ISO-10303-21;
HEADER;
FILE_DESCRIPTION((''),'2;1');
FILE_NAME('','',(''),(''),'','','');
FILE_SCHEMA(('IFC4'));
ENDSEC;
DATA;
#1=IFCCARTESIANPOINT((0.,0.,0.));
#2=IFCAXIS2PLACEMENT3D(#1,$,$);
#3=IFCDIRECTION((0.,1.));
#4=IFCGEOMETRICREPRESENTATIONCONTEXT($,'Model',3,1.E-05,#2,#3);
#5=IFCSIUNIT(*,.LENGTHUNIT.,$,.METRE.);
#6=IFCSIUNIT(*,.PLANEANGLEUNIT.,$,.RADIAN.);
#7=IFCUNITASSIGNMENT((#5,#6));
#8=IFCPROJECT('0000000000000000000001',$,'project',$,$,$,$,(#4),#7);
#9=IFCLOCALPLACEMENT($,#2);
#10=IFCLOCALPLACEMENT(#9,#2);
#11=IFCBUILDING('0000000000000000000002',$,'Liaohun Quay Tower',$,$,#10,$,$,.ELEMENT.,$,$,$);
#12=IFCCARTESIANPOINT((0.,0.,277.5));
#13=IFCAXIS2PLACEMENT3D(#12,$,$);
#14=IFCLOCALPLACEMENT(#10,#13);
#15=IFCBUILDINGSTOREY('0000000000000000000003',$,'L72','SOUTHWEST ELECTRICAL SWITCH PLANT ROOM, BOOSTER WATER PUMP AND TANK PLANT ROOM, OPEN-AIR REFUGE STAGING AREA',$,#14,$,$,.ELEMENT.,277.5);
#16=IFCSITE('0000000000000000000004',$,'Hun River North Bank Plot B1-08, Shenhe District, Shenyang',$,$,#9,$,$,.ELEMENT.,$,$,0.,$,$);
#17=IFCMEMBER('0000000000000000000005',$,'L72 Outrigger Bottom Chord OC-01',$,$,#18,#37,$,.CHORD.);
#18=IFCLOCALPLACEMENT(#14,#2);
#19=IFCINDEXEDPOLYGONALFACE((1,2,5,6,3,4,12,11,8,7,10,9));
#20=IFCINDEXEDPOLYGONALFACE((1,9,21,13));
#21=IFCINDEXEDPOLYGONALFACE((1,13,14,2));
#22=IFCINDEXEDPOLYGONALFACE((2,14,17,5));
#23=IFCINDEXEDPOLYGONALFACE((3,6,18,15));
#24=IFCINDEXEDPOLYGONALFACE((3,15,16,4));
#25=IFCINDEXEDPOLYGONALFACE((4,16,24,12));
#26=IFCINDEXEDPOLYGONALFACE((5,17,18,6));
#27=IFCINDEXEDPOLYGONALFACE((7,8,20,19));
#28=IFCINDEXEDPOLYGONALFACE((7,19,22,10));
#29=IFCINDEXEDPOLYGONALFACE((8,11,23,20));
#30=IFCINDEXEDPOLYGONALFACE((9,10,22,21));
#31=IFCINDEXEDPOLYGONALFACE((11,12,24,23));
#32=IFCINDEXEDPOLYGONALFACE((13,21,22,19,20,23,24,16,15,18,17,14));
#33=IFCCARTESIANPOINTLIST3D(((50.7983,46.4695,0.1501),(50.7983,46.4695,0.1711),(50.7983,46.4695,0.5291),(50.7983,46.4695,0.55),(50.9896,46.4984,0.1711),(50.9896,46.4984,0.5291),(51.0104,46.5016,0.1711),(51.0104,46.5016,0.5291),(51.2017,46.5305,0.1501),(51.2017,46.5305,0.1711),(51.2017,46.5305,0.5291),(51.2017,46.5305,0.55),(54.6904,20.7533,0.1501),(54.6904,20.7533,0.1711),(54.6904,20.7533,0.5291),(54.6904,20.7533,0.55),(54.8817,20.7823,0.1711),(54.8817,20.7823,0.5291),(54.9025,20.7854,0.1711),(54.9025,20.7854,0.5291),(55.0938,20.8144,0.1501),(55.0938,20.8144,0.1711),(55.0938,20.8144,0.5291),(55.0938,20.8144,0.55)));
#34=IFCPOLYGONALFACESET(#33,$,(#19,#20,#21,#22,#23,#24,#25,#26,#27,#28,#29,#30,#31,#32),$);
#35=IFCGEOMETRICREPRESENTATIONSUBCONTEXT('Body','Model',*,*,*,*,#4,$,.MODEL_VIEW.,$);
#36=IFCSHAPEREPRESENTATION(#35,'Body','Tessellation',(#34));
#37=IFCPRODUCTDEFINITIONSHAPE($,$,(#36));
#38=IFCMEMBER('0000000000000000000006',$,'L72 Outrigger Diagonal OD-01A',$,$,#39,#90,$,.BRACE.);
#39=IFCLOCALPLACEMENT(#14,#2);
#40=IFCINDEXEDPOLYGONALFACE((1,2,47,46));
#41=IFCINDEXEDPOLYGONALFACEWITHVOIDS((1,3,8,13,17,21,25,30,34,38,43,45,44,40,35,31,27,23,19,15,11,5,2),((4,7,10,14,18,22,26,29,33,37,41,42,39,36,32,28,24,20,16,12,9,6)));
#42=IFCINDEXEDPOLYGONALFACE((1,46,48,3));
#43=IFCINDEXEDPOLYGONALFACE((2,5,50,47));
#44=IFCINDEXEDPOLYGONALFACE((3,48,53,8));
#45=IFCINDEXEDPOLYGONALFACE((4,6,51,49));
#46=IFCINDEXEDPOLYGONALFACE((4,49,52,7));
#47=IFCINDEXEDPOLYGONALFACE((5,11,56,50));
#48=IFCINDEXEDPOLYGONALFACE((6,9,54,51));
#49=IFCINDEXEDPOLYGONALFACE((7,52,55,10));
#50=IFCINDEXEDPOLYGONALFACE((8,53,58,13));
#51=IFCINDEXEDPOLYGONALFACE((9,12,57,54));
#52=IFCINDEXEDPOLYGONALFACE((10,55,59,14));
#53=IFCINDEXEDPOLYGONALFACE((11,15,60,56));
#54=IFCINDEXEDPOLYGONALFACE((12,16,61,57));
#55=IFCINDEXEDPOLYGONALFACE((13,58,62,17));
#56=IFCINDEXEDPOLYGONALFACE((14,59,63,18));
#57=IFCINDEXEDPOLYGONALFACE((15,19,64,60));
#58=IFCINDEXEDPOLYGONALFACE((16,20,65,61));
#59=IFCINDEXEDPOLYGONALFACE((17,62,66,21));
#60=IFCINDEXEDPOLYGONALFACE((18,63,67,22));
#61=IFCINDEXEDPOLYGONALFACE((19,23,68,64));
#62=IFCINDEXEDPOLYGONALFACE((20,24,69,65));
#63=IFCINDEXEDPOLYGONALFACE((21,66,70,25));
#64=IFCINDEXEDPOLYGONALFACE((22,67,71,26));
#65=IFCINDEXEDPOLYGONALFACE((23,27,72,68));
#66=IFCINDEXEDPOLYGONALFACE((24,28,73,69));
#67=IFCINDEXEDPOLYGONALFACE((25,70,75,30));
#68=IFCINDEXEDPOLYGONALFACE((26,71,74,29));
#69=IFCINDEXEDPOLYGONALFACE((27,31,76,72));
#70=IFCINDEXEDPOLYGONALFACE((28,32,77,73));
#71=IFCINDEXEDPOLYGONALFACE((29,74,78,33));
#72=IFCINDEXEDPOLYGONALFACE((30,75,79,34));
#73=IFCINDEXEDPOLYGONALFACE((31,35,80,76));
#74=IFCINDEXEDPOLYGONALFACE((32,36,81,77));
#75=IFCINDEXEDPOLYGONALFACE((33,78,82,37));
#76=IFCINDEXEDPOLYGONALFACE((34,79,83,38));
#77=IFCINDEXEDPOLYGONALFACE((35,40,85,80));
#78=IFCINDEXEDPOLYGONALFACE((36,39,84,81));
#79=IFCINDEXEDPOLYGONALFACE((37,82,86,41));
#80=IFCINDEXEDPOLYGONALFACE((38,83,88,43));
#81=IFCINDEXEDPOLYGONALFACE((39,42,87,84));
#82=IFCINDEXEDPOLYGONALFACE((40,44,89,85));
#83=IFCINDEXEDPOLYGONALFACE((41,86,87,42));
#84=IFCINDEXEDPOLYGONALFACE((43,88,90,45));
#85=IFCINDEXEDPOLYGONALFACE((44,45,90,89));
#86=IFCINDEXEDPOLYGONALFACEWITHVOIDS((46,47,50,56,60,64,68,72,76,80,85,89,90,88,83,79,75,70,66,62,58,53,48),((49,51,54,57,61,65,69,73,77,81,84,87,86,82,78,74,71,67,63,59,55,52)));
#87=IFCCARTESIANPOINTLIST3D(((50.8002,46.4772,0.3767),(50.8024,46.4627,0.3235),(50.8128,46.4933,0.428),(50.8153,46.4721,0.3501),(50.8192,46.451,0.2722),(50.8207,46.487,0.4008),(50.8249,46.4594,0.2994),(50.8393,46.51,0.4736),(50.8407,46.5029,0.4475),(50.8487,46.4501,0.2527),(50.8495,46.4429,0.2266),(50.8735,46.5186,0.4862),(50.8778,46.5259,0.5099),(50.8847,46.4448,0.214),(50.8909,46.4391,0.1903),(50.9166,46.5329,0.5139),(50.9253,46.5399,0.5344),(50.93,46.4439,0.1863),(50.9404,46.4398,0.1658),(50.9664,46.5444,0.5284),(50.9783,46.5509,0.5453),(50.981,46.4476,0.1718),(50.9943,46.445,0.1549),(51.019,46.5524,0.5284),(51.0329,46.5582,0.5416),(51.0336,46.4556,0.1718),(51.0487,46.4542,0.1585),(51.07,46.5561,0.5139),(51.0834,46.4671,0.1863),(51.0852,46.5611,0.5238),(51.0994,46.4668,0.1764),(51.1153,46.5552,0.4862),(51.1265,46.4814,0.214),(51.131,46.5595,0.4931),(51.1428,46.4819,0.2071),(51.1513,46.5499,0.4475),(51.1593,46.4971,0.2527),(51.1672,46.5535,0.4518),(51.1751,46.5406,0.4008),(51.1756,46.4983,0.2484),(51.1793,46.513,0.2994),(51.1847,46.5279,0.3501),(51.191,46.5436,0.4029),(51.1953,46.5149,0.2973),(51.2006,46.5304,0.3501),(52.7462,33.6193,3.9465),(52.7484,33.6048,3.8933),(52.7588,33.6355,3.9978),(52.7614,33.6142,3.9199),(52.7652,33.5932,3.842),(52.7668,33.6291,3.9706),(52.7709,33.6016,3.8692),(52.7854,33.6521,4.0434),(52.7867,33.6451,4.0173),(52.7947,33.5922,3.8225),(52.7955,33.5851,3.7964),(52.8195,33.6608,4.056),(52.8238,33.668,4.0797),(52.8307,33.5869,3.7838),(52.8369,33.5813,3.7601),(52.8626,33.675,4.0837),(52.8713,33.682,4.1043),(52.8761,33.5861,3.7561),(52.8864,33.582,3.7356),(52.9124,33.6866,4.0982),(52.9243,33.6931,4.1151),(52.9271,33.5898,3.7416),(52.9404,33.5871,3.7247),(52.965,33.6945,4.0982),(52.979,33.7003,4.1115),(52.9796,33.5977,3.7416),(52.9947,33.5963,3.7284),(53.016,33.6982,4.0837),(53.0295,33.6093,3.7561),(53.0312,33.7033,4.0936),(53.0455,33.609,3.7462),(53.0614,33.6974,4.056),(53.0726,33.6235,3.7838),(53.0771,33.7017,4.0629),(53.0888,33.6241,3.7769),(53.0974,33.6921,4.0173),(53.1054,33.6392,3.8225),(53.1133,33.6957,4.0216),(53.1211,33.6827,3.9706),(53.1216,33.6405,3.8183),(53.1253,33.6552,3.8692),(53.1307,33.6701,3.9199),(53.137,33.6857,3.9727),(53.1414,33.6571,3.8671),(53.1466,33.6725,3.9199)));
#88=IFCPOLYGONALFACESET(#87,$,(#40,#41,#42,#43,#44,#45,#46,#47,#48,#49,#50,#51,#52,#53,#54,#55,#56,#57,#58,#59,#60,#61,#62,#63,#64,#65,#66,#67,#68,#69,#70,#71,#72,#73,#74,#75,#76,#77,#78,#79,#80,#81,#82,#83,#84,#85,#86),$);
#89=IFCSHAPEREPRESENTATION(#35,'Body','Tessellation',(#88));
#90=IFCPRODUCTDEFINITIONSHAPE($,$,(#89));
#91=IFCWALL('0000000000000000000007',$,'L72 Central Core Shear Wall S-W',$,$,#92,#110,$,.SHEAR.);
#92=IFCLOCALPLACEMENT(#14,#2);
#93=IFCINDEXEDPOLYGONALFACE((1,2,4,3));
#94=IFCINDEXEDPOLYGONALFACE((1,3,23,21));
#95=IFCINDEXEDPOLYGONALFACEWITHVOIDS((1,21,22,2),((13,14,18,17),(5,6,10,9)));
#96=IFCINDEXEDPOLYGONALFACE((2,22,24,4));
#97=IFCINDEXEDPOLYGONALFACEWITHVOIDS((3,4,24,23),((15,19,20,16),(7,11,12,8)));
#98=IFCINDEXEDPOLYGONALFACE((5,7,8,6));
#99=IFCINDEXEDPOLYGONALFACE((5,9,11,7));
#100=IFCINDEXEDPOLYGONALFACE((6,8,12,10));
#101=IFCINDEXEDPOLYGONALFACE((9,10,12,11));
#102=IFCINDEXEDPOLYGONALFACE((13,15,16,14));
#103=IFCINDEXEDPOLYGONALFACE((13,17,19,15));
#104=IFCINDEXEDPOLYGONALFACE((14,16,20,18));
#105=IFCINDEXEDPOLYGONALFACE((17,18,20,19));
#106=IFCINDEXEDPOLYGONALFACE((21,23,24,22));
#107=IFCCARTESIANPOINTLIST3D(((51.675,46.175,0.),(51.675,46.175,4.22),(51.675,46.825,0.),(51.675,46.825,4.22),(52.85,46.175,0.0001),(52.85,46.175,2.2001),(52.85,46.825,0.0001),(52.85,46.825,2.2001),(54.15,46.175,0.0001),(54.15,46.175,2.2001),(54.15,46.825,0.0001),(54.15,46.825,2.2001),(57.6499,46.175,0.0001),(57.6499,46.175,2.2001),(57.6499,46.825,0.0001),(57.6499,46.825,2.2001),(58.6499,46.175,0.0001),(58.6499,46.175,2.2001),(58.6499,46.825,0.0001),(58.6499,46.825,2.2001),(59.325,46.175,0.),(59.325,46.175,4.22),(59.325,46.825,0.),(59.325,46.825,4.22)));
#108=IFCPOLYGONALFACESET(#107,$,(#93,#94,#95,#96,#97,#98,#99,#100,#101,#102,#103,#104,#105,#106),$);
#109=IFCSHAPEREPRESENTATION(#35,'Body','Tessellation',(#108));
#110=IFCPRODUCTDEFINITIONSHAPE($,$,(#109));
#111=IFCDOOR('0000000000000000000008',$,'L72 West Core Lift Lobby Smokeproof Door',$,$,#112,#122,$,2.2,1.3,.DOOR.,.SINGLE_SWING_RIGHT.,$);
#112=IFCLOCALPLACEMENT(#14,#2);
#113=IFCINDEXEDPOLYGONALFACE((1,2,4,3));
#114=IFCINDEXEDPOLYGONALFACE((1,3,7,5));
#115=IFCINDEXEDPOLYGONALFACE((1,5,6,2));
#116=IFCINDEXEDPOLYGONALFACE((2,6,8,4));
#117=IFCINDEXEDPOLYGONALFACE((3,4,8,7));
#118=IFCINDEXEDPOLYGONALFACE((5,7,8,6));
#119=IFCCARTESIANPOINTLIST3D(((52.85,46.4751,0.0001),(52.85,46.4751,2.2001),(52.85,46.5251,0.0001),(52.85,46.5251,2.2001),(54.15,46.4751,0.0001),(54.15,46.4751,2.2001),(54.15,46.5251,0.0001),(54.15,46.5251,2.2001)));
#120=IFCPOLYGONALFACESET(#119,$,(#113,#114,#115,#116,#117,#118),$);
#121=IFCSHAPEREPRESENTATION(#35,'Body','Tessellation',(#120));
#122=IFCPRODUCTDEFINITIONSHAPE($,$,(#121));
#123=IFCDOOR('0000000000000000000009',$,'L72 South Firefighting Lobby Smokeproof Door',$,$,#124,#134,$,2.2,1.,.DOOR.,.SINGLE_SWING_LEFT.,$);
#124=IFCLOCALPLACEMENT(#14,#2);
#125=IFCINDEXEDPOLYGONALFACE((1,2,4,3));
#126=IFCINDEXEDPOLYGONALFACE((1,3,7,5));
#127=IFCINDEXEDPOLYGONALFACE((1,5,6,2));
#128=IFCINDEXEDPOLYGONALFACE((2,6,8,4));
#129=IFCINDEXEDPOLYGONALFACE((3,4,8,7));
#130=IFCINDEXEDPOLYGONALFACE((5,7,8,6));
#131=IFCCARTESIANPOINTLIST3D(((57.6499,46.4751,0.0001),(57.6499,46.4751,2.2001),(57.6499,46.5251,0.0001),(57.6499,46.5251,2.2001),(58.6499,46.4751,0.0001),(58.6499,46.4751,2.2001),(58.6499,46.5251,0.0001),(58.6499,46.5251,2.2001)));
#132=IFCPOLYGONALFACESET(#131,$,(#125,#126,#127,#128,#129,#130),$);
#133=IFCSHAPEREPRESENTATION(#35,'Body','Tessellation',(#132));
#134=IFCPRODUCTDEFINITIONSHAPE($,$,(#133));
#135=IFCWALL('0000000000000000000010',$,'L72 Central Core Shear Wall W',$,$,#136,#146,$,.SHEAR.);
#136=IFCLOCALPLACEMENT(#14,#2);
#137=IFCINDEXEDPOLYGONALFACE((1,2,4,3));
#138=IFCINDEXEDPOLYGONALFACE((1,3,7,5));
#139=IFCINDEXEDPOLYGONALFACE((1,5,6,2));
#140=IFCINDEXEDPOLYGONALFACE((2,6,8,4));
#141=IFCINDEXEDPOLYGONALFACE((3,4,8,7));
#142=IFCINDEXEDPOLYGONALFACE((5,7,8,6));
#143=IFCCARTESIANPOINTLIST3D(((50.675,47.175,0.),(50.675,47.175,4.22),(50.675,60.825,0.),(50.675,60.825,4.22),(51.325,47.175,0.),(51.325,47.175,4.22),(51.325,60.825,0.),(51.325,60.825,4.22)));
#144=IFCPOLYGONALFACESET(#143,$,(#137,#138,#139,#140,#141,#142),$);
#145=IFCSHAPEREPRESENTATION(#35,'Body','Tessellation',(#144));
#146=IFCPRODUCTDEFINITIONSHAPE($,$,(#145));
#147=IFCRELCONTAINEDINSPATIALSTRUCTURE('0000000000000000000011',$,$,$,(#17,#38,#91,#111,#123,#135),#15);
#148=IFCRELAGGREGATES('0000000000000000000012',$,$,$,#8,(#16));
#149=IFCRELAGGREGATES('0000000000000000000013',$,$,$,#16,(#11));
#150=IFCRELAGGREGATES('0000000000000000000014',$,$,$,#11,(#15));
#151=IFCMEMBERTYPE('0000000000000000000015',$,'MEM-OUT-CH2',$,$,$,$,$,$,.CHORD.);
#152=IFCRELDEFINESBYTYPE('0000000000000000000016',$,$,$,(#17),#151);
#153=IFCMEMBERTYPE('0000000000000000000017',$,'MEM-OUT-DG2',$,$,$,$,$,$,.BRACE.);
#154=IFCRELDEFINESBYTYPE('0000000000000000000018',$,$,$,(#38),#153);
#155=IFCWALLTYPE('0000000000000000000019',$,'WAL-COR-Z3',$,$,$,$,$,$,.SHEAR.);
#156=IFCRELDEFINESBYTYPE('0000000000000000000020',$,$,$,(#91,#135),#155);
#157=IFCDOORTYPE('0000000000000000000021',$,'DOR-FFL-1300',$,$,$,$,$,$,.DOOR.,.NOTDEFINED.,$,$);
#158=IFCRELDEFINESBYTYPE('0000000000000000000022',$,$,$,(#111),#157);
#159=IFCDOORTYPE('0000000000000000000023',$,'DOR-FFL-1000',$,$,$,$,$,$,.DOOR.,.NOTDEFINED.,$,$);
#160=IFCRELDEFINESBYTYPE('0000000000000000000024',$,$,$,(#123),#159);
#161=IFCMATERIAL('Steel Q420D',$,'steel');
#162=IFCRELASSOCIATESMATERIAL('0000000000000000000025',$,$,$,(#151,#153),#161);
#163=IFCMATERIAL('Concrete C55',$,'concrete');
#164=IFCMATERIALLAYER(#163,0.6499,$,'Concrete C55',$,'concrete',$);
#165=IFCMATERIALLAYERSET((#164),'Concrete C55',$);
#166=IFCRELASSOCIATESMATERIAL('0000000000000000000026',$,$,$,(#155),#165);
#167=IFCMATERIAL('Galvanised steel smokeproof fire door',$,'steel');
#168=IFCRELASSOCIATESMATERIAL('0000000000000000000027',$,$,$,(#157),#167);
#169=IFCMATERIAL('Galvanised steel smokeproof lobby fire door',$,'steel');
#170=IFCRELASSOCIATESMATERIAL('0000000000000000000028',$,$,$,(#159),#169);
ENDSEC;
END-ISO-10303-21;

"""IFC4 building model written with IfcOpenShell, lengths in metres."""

from ifc_helpers import new_model, si_unit, direction, frame, frame_2d, origin, origin_2d, place, context, subcontext, project, spatial, rectangle, hollow_circle, i_section, extrude, source, transform, mapped, material, layer, layer_set, material_profile, profile_set, type_object, element, fill, save


model = new_model("IFC4")

# Units and contexts
model_context = context("Model", 3, precision=1e-05, world=origin(), true_north=direction((0.0, 1.0)))
body_context = subcontext(model_context, "Body", "Model", "MODEL_VIEW")
ifc_project = project(units=[si_unit("LENGTHUNIT", "METRE"), si_unit("PLANEANGLEUNIT", "RADIAN")], contexts=[model_context])

# Site, building, storey
site_placement = place(None, origin())
site = spatial("IfcSite", under=ifc_project, at=site_placement, Name="Hun River North Bank Plot B1-08, Shenhe District, Shenyang", CompositionType="ELEMENT", RefElevation=0.0)
building_placement = place(site_placement, origin())
building = spatial("IfcBuilding", under=site, at=building_placement, Name="Liaohun Quay Tower", CompositionType="ELEMENT")
storey_placement = place(building_placement, frame((0.0, 0.0, 277.5)))
storey = spatial("IfcBuildingStorey", under=building, at=storey_placement, Name="L72", Description="SOUTHWEST ELECTRICAL SWITCH PLANT ROOM, BOOSTER WATER PUMP AND TANK PLANT ROOM, OPEN-AIR REFUGE STAGING AREA", CompositionType="ELEMENT", Elevation=277.5)

# Members
ifc_material_1 = material(Name="Steel Q420D", Category="steel")
ifc_material_profile_1 = material_profile(ifc_material_1, i_section(OverallWidth=0.408, OverallDepth=0.3999, WebThickness=0.021, FlangeThickness=0.021, at=origin_2d()), Name="HW400x408x21x21")
ifc_profile_set_1 = profile_set([ifc_material_profile_1], Name="Steel Q420D")
member_type_1 = type_object("IfcMemberType", Name="MEM-OUT-CH2", PredefinedType="CHORD", material=ifc_profile_set_1)
shared_shape_1 = source(origin(), body_context, "Body", "SweptSolid", [
    extrude(i_section(OverallWidth=0.408, OverallDepth=0.3999, WebThickness=0.021, FlangeThickness=0.021, at=origin_2d()), origin(), (0.0, 0.0, 1.0), 26.009),
])
member_1_placement = place(storey_placement, frame((51.0, 46.5, 0.3501), z_axis=(0.149644, -0.98874, 0.0), x_axis=(0.98874, 0.149644, 0.0)))
element("IfcMember", 1, at=member_1_placement, inside=storey, type_object=member_type_1, Name="L72 Outrigger Bottom Chord OC-01", PredefinedType="CHORD", context=body_context, shape_type="MappedRepresentation", body=[
    mapped(shared_shape_1, transform((0.0, 0.0, 0.0), x_axis=(1.0, 0.0, 0.0), y_axis=(0.0, 1.0, 0.0), z_axis=(0.0, 0.0, 1.0), scale=1.0)),
])
ifc_material_profile_2 = material_profile(ifc_material_1, hollow_circle(Radius=0.2029, WallThickness=0.0161, at=origin_2d()), Name="CHS406x16")
ifc_profile_set_2 = profile_set([ifc_material_profile_2], Name="Steel Q420D")
member_type_2 = type_object("IfcMemberType", Name="MEM-OUT-DG2", PredefinedType="BRACE", material=ifc_profile_set_2)
shared_shape_2 = source(origin(), body_context, "Body", "SweptSolid", [
    extrude(hollow_circle(Radius=0.2029, WallThickness=0.0161, at=origin_2d()), origin(), (0.0, 0.0, 1.0), 13.4854),
])
member_2_placement = place(storey_placement, frame((51.0, 46.5, 0.3501), z_axis=(0.144307, -0.953467, 0.264717), x_axis=(0.98874, 0.149646, 0.0)))
element("IfcMember", 2, at=member_2_placement, inside=storey, type_object=member_type_2, Name="L72 Outrigger Diagonal OD-01A", PredefinedType="BRACE", context=body_context, shape_type="MappedRepresentation", body=[
    mapped(shared_shape_2, transform((0.0, 0.0, 0.0), x_axis=(1.0, 0.0, 0.0), y_axis=(0.0, 1.0, 0.0), z_axis=(0.0, 0.0, 1.0), scale=1.0)),
])

# Wall, openings, doors
ifc_material_2 = material(Name="Concrete C55", Category="concrete")
ifc_layer_1 = layer(ifc_material_2, 0.6499, Name="Concrete C55", Category="concrete")
ifc_layer_set_1 = layer_set([ifc_layer_1], Name="Concrete C55")
wall_type_1 = type_object("IfcWallType", Name="WAL-COR-Z3", PredefinedType="SHEAR", material=ifc_layer_set_1)
wall_1_placement = place(storey_placement, frame((59.325, 46.5, 0.0), z_axis=(0.0, 0.0, 1.0), x_axis=(-1.0, 0.0, 0.0)))
wall_1 = element("IfcWall", 3, at=wall_1_placement, inside=storey, type_object=wall_type_1, Name="L72 Central Core Shear Wall S-W", PredefinedType="SHEAR", context=body_context, shape_type="SweptSolid", body=[
    extrude(rectangle(XDim=7.6499, YDim=0.6499, at=frame_2d((3.825, 0.0))), origin(), (0.0, 0.0, 1.0), 4.22),
])
shared_shape_3 = source(origin(), body_context, "Body", "SweptSolid", [
    extrude(rectangle(XDim=1.3, YDim=2.2, at=frame_2d((0.6499, 1.1001))), frame((0.0, 0.335, 0.0), z_axis=(0.0, -1.0, 0.0), x_axis=(1.0, 0.0, 0.0)), (0.0, 0.0, 1.0), 0.6699),
])
opening_1_placement = place(wall_1_placement, frame((5.175, 0.0, 0.0)))
opening_1 = element("IfcOpeningElement", 4, at=opening_1_placement, cuts=wall_1, PredefinedType="OPENING", context=body_context, shape_type="MappedRepresentation", body=[
    mapped(shared_shape_3, transform((0.0, 0.0, 0.0), x_axis=(1.0, 0.0, 0.0), y_axis=(0.0, 1.0, 0.0), z_axis=(0.0, 0.0, 1.0), scale=1.0)),
])
shared_shape_4 = source(origin(), body_context, "Body", "SweptSolid", [
    extrude(rectangle(XDim=1.0, YDim=2.2, at=frame_2d((0.5, 1.1001))), frame((0.0, 0.335, 0.0), z_axis=(0.0, -1.0, 0.0), x_axis=(1.0, 0.0, 0.0)), (0.0, 0.0, 1.0), 0.6699),
])
opening_2_placement = place(wall_1_placement, frame((0.675, 0.0, 0.0)))
opening_2 = element("IfcOpeningElement", 5, at=opening_2_placement, cuts=wall_1, PredefinedType="OPENING", context=body_context, shape_type="MappedRepresentation", body=[
    mapped(shared_shape_4, transform((0.0, 0.0, 0.0), x_axis=(1.0, 0.0, 0.0), y_axis=(0.0, 1.0, 0.0), z_axis=(0.0, 0.0, 1.0), scale=1.0)),
])
ifc_material_3 = material(Name="Galvanised steel smokeproof fire door", Category="steel")
door_type_1 = type_object("IfcDoorType", Name="DOR-FFL-1300", OperationType="NOTDEFINED", PredefinedType="DOOR", material=ifc_material_3)
shared_shape_5 = source(origin(), body_context, "Body", "SweptSolid", [
    extrude(rectangle(XDim=1.3, YDim=2.2, at=frame_2d((0.6499, 1.1001))), frame((0.0, 0.0249, 0.0), z_axis=(0.0, -1.0, 0.0), x_axis=(1.0, 0.0, 0.0)), (0.0, 0.0, 1.0), 0.05),
])
door_1_placement = place(opening_1_placement, origin())
door_1 = element("IfcDoor", 6, at=door_1_placement, inside=storey, type_object=door_type_1, Name="L72 West Core Lift Lobby Smokeproof Door", OperationType="SINGLE_SWING_RIGHT", OverallHeight=2.2, OverallWidth=1.3, PredefinedType="DOOR", context=body_context, shape_type="MappedRepresentation", body=[
    mapped(shared_shape_5, transform((0.0, 0.0, 0.0), x_axis=(1.0, 0.0, 0.0), y_axis=(0.0, 1.0, 0.0), z_axis=(0.0, 0.0, 1.0), scale=1.0)),
])
fill(opening_1, door_1)
ifc_material_4 = material(Name="Galvanised steel smokeproof lobby fire door", Category="steel")
door_type_2 = type_object("IfcDoorType", Name="DOR-FFL-1000", OperationType="NOTDEFINED", PredefinedType="DOOR", material=ifc_material_4)
shared_shape_6 = source(origin(), body_context, "Body", "SweptSolid", [
    extrude(rectangle(XDim=1.0, YDim=2.2, at=frame_2d((0.5, 1.1001))), frame((0.0, 0.0249, 0.0), z_axis=(0.0, -1.0, 0.0), x_axis=(1.0, 0.0, 0.0)), (0.0, 0.0, 1.0), 0.05),
])
door_2_placement = place(opening_2_placement, origin())
door_2 = element("IfcDoor", 7, at=door_2_placement, inside=storey, type_object=door_type_2, Name="L72 South Firefighting Lobby Smokeproof Door", OperationType="SINGLE_SWING_LEFT", OverallHeight=2.2, OverallWidth=1.0, PredefinedType="DOOR", context=body_context, shape_type="MappedRepresentation", body=[
    mapped(shared_shape_6, transform((0.0, 0.0, 0.0), x_axis=(1.0, 0.0, 0.0), y_axis=(0.0, 1.0, 0.0), z_axis=(0.0, 0.0, 1.0), scale=1.0)),
])
fill(opening_2, door_2)

# Wall
wall_2_placement = place(storey_placement, frame((51.0, 47.175, 0.0), z_axis=(0.0, 0.0, 1.0), x_axis=(0.0, 1.0, 0.0)))
element("IfcWall", 8, at=wall_2_placement, inside=storey, type_object=wall_type_1, Name="L72 Central Core Shear Wall W", PredefinedType="SHEAR", context=body_context, shape_type="SweptSolid", body=[
    extrude(rectangle(XDim=13.6499, YDim=0.6499, at=frame_2d((6.825, 0.0))), origin(), (0.0, 0.0, 1.0), 4.22),
])

save(model, "model.ifc")
